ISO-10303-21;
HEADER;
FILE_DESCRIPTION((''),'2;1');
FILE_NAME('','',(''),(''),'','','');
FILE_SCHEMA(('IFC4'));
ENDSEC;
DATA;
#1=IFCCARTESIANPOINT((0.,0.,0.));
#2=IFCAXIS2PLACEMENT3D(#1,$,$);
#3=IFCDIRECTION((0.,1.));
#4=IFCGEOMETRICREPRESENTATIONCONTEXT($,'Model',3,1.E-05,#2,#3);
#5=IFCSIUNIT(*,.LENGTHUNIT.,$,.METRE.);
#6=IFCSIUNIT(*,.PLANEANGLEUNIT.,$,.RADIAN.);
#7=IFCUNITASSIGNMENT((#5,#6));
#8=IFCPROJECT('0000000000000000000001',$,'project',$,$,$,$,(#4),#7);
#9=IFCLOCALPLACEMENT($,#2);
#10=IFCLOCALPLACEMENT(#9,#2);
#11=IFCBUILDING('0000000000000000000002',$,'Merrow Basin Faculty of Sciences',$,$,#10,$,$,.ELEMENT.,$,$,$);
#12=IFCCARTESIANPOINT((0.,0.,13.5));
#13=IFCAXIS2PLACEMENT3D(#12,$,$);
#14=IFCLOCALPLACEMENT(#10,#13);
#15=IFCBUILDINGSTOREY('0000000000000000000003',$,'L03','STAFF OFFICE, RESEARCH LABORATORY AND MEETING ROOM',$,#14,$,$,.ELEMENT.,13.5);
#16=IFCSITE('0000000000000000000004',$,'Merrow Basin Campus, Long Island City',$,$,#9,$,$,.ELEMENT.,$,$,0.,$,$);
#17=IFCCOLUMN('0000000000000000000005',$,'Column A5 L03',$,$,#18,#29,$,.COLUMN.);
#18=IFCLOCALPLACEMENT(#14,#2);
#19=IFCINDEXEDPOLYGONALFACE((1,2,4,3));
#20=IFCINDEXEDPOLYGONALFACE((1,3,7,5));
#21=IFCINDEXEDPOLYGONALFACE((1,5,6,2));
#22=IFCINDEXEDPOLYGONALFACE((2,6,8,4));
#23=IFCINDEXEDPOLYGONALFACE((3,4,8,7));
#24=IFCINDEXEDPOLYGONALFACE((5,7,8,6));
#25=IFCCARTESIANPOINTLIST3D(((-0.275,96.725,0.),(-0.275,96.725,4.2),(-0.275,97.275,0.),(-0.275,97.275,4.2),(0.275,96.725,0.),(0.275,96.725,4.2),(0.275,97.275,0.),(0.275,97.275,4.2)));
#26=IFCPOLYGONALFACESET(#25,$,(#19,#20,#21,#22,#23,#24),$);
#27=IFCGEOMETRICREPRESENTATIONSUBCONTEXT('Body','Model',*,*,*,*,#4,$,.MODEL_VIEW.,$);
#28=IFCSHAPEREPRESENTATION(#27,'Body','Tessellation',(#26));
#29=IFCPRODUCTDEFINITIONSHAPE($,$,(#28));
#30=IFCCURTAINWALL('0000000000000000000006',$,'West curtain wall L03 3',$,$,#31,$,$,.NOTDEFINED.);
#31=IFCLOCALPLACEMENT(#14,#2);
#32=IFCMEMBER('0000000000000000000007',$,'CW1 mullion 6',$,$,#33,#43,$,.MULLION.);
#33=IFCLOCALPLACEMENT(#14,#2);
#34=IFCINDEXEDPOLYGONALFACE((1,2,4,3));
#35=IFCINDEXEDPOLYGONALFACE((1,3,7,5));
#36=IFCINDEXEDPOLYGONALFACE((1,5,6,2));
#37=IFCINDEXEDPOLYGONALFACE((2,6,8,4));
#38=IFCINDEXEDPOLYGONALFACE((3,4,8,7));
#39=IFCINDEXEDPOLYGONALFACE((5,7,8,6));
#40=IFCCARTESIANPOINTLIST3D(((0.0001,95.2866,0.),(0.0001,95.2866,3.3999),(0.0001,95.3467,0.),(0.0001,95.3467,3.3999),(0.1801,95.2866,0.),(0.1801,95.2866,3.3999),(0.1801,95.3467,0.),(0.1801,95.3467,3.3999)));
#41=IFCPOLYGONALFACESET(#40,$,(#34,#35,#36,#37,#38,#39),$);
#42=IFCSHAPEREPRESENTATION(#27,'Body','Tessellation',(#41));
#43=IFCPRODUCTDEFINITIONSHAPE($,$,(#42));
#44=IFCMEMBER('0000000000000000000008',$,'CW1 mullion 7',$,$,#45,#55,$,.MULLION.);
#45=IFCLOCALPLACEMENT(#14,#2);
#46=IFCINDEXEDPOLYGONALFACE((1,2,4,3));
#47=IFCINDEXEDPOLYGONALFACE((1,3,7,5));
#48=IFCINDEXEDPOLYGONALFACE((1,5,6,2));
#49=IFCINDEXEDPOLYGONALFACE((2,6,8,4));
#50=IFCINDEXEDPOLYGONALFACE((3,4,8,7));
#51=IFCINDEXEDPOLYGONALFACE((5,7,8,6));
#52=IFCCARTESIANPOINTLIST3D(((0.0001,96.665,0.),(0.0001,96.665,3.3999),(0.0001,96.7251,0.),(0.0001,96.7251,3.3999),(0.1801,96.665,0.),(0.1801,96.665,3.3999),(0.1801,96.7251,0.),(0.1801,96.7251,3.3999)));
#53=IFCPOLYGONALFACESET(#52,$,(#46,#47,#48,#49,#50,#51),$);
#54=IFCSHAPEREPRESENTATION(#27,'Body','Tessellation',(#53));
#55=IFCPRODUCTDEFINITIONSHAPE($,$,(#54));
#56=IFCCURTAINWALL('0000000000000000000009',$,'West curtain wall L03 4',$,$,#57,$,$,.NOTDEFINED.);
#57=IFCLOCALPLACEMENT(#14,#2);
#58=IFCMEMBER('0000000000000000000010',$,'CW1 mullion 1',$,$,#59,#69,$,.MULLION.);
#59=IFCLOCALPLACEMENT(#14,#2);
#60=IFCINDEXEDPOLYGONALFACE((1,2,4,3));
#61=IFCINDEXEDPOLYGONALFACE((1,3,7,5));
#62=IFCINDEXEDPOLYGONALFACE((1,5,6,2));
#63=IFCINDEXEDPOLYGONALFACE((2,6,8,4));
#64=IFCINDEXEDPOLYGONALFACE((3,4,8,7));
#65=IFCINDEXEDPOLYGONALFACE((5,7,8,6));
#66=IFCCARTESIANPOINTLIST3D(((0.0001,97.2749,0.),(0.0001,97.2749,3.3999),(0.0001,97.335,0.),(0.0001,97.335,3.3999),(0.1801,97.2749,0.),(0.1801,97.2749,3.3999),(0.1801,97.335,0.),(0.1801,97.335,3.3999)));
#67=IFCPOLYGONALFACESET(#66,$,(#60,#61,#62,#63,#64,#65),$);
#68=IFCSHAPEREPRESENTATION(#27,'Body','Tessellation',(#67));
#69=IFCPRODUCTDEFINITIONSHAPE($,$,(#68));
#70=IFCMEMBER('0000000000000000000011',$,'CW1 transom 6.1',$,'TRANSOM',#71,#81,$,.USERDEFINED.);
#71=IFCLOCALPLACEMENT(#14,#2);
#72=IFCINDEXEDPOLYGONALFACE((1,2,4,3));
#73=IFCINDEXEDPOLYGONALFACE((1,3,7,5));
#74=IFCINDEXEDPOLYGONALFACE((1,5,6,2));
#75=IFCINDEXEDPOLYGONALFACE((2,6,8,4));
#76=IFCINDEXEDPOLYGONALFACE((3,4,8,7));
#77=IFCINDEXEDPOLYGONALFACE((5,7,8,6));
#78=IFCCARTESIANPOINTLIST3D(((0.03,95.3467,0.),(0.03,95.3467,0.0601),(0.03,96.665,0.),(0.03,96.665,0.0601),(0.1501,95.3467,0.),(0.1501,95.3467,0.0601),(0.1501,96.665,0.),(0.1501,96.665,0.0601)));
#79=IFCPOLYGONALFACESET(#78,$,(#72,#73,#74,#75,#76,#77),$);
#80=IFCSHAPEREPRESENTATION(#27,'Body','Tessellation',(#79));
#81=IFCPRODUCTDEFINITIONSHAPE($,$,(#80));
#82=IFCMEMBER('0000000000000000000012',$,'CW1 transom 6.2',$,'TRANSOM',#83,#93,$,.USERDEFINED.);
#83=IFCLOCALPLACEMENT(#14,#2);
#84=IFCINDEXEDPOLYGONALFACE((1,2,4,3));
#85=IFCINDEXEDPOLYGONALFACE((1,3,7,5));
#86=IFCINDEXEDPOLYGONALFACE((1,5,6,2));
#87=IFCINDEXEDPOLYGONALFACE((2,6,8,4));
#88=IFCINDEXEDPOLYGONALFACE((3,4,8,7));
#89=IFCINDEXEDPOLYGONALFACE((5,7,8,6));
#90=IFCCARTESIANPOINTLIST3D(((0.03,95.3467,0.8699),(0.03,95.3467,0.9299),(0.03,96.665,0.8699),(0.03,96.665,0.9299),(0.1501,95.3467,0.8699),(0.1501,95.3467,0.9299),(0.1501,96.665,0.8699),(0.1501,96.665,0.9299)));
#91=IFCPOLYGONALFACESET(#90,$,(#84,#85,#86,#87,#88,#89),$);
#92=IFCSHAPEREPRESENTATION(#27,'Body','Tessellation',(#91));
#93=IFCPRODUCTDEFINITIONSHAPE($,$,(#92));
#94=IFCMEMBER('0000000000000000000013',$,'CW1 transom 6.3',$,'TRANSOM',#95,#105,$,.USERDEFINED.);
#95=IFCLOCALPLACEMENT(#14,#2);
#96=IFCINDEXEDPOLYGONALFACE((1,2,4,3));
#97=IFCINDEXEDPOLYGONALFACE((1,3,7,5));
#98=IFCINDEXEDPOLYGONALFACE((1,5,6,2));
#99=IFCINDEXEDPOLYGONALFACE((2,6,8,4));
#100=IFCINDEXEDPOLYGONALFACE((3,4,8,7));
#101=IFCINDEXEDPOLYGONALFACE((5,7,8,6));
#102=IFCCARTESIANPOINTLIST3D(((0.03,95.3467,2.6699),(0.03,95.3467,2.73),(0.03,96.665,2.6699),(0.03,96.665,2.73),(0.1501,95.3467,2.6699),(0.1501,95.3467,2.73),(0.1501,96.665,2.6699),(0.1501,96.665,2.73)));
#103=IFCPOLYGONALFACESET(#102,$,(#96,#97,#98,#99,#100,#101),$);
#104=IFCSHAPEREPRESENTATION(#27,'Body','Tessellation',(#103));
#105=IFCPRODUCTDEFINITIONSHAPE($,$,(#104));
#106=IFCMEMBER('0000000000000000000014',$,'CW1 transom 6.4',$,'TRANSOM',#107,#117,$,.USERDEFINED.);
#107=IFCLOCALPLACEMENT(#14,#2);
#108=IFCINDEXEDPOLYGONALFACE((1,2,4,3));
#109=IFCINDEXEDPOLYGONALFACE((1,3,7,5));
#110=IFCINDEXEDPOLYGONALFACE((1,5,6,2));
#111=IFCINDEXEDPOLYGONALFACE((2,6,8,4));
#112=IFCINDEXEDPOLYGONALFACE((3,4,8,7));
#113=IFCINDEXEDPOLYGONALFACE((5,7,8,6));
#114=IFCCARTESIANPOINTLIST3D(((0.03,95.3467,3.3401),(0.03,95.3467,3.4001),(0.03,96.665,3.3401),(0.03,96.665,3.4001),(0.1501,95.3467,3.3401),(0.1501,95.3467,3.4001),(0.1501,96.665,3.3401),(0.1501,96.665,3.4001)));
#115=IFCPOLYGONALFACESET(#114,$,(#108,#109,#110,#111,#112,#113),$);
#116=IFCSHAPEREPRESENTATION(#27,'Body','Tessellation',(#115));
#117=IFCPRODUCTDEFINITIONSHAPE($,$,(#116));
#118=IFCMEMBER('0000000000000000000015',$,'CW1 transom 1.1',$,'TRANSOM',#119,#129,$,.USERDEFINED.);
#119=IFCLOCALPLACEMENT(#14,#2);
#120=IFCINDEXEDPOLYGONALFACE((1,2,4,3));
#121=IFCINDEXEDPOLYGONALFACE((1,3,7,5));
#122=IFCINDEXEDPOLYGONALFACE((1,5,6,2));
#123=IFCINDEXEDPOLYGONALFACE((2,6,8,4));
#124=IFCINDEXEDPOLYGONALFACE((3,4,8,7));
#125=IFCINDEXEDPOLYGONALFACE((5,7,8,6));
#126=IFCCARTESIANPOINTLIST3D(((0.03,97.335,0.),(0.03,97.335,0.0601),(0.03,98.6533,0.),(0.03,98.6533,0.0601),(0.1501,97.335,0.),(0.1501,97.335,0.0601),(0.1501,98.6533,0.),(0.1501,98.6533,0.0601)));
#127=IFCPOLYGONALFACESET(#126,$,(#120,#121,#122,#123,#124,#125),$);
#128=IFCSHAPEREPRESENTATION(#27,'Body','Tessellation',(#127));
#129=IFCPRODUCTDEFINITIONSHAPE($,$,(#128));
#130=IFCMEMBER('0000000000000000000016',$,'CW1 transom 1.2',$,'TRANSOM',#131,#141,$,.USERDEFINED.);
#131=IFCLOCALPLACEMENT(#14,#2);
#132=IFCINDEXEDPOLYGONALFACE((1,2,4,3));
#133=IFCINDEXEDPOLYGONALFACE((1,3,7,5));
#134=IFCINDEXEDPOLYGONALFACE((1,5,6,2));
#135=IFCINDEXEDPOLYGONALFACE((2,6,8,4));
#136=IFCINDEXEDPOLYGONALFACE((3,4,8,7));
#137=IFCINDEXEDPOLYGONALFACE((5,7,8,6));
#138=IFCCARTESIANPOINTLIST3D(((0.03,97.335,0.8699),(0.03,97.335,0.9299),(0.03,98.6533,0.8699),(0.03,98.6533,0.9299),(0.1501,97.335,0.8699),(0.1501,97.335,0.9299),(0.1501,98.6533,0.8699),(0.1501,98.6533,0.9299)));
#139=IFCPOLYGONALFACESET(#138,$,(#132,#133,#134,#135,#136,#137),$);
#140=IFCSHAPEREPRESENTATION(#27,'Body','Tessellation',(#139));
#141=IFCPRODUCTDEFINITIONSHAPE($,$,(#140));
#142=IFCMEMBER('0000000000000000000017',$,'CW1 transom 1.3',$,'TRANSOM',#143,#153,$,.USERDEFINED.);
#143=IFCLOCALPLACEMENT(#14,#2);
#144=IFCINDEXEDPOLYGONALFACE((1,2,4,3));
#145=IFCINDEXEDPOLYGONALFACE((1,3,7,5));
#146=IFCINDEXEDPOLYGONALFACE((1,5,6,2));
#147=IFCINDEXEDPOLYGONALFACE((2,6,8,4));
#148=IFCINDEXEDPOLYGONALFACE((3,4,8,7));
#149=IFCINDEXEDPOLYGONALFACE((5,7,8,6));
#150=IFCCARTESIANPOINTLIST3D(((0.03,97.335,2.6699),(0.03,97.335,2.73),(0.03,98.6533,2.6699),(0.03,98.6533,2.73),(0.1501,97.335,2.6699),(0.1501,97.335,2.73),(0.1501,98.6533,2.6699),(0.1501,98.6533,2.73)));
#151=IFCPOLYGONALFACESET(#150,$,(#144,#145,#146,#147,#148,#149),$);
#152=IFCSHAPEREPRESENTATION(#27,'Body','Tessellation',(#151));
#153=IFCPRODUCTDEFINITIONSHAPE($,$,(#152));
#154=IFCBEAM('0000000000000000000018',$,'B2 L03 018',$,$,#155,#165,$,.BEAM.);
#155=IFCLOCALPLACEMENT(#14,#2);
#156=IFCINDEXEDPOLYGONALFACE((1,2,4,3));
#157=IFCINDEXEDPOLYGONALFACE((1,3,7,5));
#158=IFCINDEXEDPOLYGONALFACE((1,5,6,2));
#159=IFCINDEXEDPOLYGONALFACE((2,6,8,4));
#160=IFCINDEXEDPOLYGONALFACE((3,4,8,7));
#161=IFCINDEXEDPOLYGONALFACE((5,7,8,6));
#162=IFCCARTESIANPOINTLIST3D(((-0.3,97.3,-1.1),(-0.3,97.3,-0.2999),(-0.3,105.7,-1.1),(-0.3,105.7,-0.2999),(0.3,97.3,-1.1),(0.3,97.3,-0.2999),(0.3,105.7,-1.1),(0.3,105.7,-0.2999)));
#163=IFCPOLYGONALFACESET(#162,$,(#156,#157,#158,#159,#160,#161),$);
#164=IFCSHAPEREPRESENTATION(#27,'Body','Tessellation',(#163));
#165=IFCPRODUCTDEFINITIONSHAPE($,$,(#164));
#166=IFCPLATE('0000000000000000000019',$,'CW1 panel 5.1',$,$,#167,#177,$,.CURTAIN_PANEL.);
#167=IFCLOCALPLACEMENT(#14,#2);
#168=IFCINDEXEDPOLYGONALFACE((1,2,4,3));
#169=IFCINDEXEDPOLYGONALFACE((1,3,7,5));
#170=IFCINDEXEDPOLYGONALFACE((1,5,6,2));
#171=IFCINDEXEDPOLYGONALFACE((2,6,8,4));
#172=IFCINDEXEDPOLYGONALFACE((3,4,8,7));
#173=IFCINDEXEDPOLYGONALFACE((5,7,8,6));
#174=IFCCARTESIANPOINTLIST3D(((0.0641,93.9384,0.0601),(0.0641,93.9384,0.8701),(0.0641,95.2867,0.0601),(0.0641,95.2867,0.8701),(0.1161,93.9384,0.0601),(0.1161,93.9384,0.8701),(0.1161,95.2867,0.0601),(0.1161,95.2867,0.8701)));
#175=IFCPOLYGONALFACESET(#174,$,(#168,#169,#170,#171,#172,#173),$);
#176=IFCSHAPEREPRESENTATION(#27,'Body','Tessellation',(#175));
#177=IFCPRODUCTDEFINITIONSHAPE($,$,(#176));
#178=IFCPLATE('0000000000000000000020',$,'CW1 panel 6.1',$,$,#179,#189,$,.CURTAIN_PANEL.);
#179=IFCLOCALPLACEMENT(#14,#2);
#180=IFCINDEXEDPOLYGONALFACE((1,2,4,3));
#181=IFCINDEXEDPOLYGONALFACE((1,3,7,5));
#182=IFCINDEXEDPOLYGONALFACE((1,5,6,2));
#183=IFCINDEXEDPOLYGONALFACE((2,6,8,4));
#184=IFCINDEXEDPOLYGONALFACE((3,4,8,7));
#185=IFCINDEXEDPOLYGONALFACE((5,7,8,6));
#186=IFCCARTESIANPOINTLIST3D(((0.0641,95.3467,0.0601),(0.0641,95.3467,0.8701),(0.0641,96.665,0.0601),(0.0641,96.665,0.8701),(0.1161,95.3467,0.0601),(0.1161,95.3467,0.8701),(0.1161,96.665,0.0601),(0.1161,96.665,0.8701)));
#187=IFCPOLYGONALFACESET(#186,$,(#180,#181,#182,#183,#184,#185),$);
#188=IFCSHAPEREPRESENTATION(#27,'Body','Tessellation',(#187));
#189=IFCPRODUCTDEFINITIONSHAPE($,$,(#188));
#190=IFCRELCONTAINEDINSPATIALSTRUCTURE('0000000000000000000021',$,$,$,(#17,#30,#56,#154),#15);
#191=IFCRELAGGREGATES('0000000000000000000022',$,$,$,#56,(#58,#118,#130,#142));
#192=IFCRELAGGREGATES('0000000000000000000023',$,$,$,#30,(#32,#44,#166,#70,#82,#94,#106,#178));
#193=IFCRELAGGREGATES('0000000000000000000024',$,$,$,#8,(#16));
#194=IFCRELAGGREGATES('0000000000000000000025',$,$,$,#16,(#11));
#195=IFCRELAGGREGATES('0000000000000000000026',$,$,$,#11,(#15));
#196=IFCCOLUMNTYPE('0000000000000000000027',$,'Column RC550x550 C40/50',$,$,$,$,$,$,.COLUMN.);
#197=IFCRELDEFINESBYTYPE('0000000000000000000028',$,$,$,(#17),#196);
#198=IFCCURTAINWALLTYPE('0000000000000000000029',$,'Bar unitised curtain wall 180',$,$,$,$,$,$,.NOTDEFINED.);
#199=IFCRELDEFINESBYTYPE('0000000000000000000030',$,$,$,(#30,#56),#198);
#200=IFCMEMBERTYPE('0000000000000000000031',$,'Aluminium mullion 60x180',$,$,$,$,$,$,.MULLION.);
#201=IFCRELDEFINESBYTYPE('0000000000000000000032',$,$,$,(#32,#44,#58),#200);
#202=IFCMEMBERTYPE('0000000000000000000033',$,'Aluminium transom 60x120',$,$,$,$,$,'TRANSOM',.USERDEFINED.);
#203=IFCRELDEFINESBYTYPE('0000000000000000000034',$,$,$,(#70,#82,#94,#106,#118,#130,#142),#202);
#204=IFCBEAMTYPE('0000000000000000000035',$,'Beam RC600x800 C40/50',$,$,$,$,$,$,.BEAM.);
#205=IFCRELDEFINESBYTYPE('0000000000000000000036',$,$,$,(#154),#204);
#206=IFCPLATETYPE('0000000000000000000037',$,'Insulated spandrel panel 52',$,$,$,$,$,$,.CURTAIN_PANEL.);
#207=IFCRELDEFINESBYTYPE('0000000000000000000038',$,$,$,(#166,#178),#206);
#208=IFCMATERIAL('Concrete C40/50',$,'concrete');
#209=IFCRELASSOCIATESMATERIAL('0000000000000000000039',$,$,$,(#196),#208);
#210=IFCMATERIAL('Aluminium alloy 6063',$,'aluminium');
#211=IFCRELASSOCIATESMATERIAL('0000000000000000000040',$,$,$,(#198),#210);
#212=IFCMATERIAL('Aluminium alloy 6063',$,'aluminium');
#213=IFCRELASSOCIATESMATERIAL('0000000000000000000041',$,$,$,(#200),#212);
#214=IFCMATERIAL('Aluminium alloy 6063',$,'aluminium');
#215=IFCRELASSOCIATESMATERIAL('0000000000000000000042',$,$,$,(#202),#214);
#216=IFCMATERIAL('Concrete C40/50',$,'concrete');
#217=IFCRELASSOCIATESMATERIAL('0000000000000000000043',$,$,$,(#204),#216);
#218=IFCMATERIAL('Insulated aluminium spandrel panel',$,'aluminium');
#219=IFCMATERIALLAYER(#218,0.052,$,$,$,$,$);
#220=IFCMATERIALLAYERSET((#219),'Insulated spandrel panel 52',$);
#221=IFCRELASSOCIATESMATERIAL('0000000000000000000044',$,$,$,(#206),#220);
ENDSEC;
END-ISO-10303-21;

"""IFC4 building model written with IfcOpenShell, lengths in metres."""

from ifc_helpers import new_model, si_unit, direction, frame, origin, origin_2d, place, context, subcontext, project, spatial, rectangle, extrude, material, layer, layer_set, material_profile, profile_set, type_object, element, aggregate, save


model = new_model("IFC4")

# Units and contexts
model_context = context("Model", 3, precision=1e-05, world=origin(), true_north=direction((0.0, 1.0)))
body_context = subcontext(model_context, "Body", "Model", "MODEL_VIEW")
ifc_project = project(units=[si_unit("LENGTHUNIT", "METRE"), si_unit("PLANEANGLEUNIT", "RADIAN")], contexts=[model_context])

# Site, building, storey
site_placement = place(None, origin())
site = spatial("IfcSite", under=ifc_project, at=site_placement, Name="Merrow Basin Campus, Long Island City", CompositionType="ELEMENT", RefElevation=0.0)
building_placement = place(site_placement, origin())
building = spatial("IfcBuilding", under=site, at=building_placement, Name="Merrow Basin Faculty of Sciences", CompositionType="ELEMENT")
storey_placement = place(building_placement, frame((0.0, 0.0, 13.5)))
storey = spatial("IfcBuildingStorey", under=building, at=storey_placement, Name="L03", Description="STAFF OFFICE, RESEARCH LABORATORY AND MEETING ROOM", CompositionType="ELEMENT", Elevation=13.5)

# Column
ifc_material_1 = material(Name="Concrete C40/50", Category="concrete")
ifc_material_profile_1 = material_profile(ifc_material_1, rectangle(XDim=0.55, YDim=0.55, at=origin_2d()))
ifc_profile_set_1 = profile_set([ifc_material_profile_1], Name="Concrete C40/50")
column_type = type_object("IfcColumnType", Name="Column RC550x550 C40/50", PredefinedType="COLUMN", material=ifc_profile_set_1)
column_placement = place(storey_placement, frame((0.0, 97.0, 0.0), z_axis=(0.0, 0.0, 1.0), x_axis=(1.0, 0.0, 0.0)))
element("IfcColumn", 1, at=column_placement, inside=storey, type_object=column_type, Name="Column A5 L03", PredefinedType="COLUMN", context=body_context, shape_type="SweptSolid", body=[
    extrude(rectangle(XDim=0.55, YDim=0.55, at=origin_2d()), origin(), (0.0, 0.0, 1.0), 4.2),
])

# Curtain wall, members
ifc_material_2 = material(Name="Aluminium alloy 6063", Category="aluminium")
curtain_wall_type = type_object("IfcCurtainWallType", Name="Bar unitised curtain wall 180", PredefinedType="NOTDEFINED", material=ifc_material_2)
curtain_wall_1_placement = place(storey_placement, origin())
curtain_wall_1 = element("IfcCurtainWall", 2, at=curtain_wall_1_placement, inside=storey, type_object=curtain_wall_type, Name="West curtain wall L03 3", PredefinedType="NOTDEFINED")
ifc_material_3 = material(Name="Aluminium alloy 6063", Category="aluminium")
ifc_material_profile_2 = material_profile(ifc_material_3, rectangle(XDim=0.1799, YDim=0.0601, at=origin_2d()))
ifc_profile_set_2 = profile_set([ifc_material_profile_2], Name="Aluminium alloy 6063")
member_type_1 = type_object("IfcMemberType", Name="Aluminium mullion 60x180", PredefinedType="MULLION", material=ifc_profile_set_2)
member_1_placement = place(storey_placement, frame((0.0901, 95.3167, 0.0), z_axis=(0.0, 0.0, 1.0), x_axis=(-1.0, 0.0, 0.0)))
member_1 = element("IfcMember", 3, at=member_1_placement, type_object=member_type_1, Name="CW1 mullion 6", PredefinedType="MULLION", context=body_context, shape_type="SweptSolid", body=[
    extrude(rectangle(XDim=0.1799, YDim=0.0601, at=origin_2d()), origin(), (0.0, 0.0, 1.0), 3.3999),
])
member_2_placement = place(storey_placement, frame((0.0901, 96.6951, 0.0), z_axis=(0.0, 0.0, 1.0), x_axis=(-1.0, 0.0, 0.0)))
member_2 = element("IfcMember", 4, at=member_2_placement, type_object=member_type_1, Name="CW1 mullion 7", PredefinedType="MULLION", context=body_context, shape_type="SweptSolid", body=[
    extrude(rectangle(XDim=0.1799, YDim=0.0601, at=origin_2d()), origin(), (0.0, 0.0, 1.0), 3.3999),
])

# Curtain wall, member
curtain_wall_2_placement = place(storey_placement, origin())
curtain_wall_2 = element("IfcCurtainWall", 5, at=curtain_wall_2_placement, inside=storey, type_object=curtain_wall_type, Name="West curtain wall L03 4", PredefinedType="NOTDEFINED")
member_3_placement = place(storey_placement, frame((0.0901, 97.3049, 0.0), z_axis=(0.0, 0.0, 1.0), x_axis=(-1.0, 0.0, 0.0)))
member_3 = element("IfcMember", 6, at=member_3_placement, type_object=member_type_1, Name="CW1 mullion 1", PredefinedType="MULLION", context=body_context, shape_type="SweptSolid", body=[
    extrude(rectangle(XDim=0.1799, YDim=0.0601, at=origin_2d()), origin(), (0.0, 0.0, 1.0), 3.3999),
])

# Members
ifc_material_4 = material(Name="Aluminium alloy 6063", Category="aluminium")
ifc_material_profile_3 = material_profile(ifc_material_4, rectangle(XDim=0.1201, YDim=0.0601, at=origin_2d()))
ifc_profile_set_3 = profile_set([ifc_material_profile_3], Name="Aluminium alloy 6063")
member_type_2 = type_object("IfcMemberType", Name="Aluminium transom 60x120", ElementType="TRANSOM", PredefinedType="USERDEFINED", material=ifc_profile_set_3)
member_4_placement = place(storey_placement, frame((0.0901, 95.3467, 0.03), z_axis=(0.0, 1.0, 0.0), x_axis=(-1.0, 0.0, 0.0)))
member_4 = element("IfcMember", 7, at=member_4_placement, type_object=member_type_2, Name="CW1 transom 6.1", ObjectType="TRANSOM", PredefinedType="USERDEFINED", context=body_context, shape_type="SweptSolid", body=[
    extrude(rectangle(XDim=0.1201, YDim=0.0601, at=origin_2d()), origin(), (0.0, 0.0, 1.0), 1.3184),
])
member_5_placement = place(storey_placement, frame((0.0901, 95.3467, 0.8999), z_axis=(0.0, 1.0, 0.0), x_axis=(-1.0, 0.0, 0.0)))
member_5 = element("IfcMember", 8, at=member_5_placement, type_object=member_type_2, Name="CW1 transom 6.2", ObjectType="TRANSOM", PredefinedType="USERDEFINED", context=body_context, shape_type="SweptSolid", body=[
    extrude(rectangle(XDim=0.1201, YDim=0.0601, at=origin_2d()), origin(), (0.0, 0.0, 1.0), 1.3184),
])
member_6_placement = place(storey_placement, frame((0.0901, 95.3467, 2.7), z_axis=(0.0, 1.0, 0.0), x_axis=(-1.0, 0.0, 0.0)))
member_6 = element("IfcMember", 9, at=member_6_placement, type_object=member_type_2, Name="CW1 transom 6.3", ObjectType="TRANSOM", PredefinedType="USERDEFINED", context=body_context, shape_type="SweptSolid", body=[
    extrude(rectangle(XDim=0.1201, YDim=0.0601, at=origin_2d()), origin(), (0.0, 0.0, 1.0), 1.3184),
])
member_7_placement = place(storey_placement, frame((0.0901, 95.3467, 3.3701), z_axis=(0.0, 1.0, 0.0), x_axis=(-1.0, 0.0, 0.0)))
member_7 = element("IfcMember", 10, at=member_7_placement, type_object=member_type_2, Name="CW1 transom 6.4", ObjectType="TRANSOM", PredefinedType="USERDEFINED", context=body_context, shape_type="SweptSolid", body=[
    extrude(rectangle(XDim=0.1201, YDim=0.0601, at=origin_2d()), origin(), (0.0, 0.0, 1.0), 1.3184),
])
member_8_placement = place(storey_placement, frame((0.0901, 97.335, 0.03), z_axis=(0.0, 1.0, 0.0), x_axis=(-1.0, 0.0, 0.0)))
member_8 = element("IfcMember", 11, at=member_8_placement, type_object=member_type_2, Name="CW1 transom 1.1", ObjectType="TRANSOM", PredefinedType="USERDEFINED", context=body_context, shape_type="SweptSolid", body=[
    extrude(rectangle(XDim=0.1201, YDim=0.0601, at=origin_2d()), origin(), (0.0, 0.0, 1.0), 1.3184),
])
member_9_placement = place(storey_placement, frame((0.0901, 97.335, 0.8999), z_axis=(0.0, 1.0, 0.0), x_axis=(-1.0, 0.0, 0.0)))
member_9 = element("IfcMember", 12, at=member_9_placement, type_object=member_type_2, Name="CW1 transom 1.2", ObjectType="TRANSOM", PredefinedType="USERDEFINED", context=body_context, shape_type="SweptSolid", body=[
    extrude(rectangle(XDim=0.1201, YDim=0.0601, at=origin_2d()), origin(), (0.0, 0.0, 1.0), 1.3184),
])
member_10_placement = place(storey_placement, frame((0.0901, 97.335, 2.7), z_axis=(0.0, 1.0, 0.0), x_axis=(-1.0, 0.0, 0.0)))
member_10 = element("IfcMember", 13, at=member_10_placement, type_object=member_type_2, Name="CW1 transom 1.3", ObjectType="TRANSOM", PredefinedType="USERDEFINED", context=body_context, shape_type="SweptSolid", body=[
    extrude(rectangle(XDim=0.1201, YDim=0.0601, at=origin_2d()), origin(), (0.0, 0.0, 1.0), 1.3184),
])
aggregate(curtain_wall_2, [member_3, member_8, member_9, member_10])

# Beam
ifc_material_5 = material(Name="Concrete C40/50", Category="concrete")
ifc_material_profile_4 = material_profile(ifc_material_5, rectangle(XDim=0.6001, YDim=0.8, at=origin_2d()))
ifc_profile_set_4 = profile_set([ifc_material_profile_4], Name="Concrete C40/50")
beam_type = type_object("IfcBeamType", Name="Beam RC600x800 C40/50", PredefinedType="BEAM", material=ifc_profile_set_4)
beam_placement = place(storey_placement, frame((0.0, 97.3, -0.7), z_axis=(0.0, 1.0, 0.0), x_axis=(-1.0, 0.0, 0.0)))
element("IfcBeam", 14, at=beam_placement, inside=storey, type_object=beam_type, Name="B2 L03 018", PredefinedType="BEAM", context=body_context, shape_type="SweptSolid", body=[
    extrude(rectangle(XDim=0.6001, YDim=0.8, at=origin_2d()), origin(), (0.0, 0.0, 1.0), 8.3999),
])

# Plates
ifc_material_6 = material(Name="Insulated aluminium spandrel panel", Category="aluminium")
ifc_layer_1 = layer(ifc_material_6, 0.052)
ifc_layer_set_1 = layer_set([ifc_layer_1], Name="Insulated spandrel panel 52")
plate_type_1 = type_object("IfcPlateType", Name="Insulated spandrel panel 52", PredefinedType="CURTAIN_PANEL", material=ifc_layer_set_1)
plate_1_placement = place(storey_placement, frame((0.0901, 94.6125, 0.0601), z_axis=(0.0, 0.0, 1.0), x_axis=(0.0, 1.0, 0.0)))
plate_1 = element("IfcPlate", 15, at=plate_1_placement, type_object=plate_type_1, Name="CW1 panel 5.1", PredefinedType="CURTAIN_PANEL", context=body_context, shape_type="SweptSolid", body=[
    extrude(rectangle(XDim=1.3484, YDim=0.052, at=origin_2d()), origin(), (0.0, 0.0, 1.0), 0.8101),
])
plate_2_placement = place(storey_placement, frame((0.0901, 96.0059, 0.0601), z_axis=(0.0, 0.0, 1.0), x_axis=(0.0, 1.0, 0.0)))
plate_2 = element("IfcPlate", 16, at=plate_2_placement, type_object=plate_type_1, Name="CW1 panel 6.1", PredefinedType="CURTAIN_PANEL", context=body_context, shape_type="SweptSolid", body=[
    extrude(rectangle(XDim=1.3184, YDim=0.052, at=origin_2d()), origin(), (0.0, 0.0, 1.0), 0.8101),
])
aggregate(curtain_wall_1, [member_1, member_2, plate_1, member_4, member_5, member_6, member_7, plate_2])

save(model, "model.ifc")
